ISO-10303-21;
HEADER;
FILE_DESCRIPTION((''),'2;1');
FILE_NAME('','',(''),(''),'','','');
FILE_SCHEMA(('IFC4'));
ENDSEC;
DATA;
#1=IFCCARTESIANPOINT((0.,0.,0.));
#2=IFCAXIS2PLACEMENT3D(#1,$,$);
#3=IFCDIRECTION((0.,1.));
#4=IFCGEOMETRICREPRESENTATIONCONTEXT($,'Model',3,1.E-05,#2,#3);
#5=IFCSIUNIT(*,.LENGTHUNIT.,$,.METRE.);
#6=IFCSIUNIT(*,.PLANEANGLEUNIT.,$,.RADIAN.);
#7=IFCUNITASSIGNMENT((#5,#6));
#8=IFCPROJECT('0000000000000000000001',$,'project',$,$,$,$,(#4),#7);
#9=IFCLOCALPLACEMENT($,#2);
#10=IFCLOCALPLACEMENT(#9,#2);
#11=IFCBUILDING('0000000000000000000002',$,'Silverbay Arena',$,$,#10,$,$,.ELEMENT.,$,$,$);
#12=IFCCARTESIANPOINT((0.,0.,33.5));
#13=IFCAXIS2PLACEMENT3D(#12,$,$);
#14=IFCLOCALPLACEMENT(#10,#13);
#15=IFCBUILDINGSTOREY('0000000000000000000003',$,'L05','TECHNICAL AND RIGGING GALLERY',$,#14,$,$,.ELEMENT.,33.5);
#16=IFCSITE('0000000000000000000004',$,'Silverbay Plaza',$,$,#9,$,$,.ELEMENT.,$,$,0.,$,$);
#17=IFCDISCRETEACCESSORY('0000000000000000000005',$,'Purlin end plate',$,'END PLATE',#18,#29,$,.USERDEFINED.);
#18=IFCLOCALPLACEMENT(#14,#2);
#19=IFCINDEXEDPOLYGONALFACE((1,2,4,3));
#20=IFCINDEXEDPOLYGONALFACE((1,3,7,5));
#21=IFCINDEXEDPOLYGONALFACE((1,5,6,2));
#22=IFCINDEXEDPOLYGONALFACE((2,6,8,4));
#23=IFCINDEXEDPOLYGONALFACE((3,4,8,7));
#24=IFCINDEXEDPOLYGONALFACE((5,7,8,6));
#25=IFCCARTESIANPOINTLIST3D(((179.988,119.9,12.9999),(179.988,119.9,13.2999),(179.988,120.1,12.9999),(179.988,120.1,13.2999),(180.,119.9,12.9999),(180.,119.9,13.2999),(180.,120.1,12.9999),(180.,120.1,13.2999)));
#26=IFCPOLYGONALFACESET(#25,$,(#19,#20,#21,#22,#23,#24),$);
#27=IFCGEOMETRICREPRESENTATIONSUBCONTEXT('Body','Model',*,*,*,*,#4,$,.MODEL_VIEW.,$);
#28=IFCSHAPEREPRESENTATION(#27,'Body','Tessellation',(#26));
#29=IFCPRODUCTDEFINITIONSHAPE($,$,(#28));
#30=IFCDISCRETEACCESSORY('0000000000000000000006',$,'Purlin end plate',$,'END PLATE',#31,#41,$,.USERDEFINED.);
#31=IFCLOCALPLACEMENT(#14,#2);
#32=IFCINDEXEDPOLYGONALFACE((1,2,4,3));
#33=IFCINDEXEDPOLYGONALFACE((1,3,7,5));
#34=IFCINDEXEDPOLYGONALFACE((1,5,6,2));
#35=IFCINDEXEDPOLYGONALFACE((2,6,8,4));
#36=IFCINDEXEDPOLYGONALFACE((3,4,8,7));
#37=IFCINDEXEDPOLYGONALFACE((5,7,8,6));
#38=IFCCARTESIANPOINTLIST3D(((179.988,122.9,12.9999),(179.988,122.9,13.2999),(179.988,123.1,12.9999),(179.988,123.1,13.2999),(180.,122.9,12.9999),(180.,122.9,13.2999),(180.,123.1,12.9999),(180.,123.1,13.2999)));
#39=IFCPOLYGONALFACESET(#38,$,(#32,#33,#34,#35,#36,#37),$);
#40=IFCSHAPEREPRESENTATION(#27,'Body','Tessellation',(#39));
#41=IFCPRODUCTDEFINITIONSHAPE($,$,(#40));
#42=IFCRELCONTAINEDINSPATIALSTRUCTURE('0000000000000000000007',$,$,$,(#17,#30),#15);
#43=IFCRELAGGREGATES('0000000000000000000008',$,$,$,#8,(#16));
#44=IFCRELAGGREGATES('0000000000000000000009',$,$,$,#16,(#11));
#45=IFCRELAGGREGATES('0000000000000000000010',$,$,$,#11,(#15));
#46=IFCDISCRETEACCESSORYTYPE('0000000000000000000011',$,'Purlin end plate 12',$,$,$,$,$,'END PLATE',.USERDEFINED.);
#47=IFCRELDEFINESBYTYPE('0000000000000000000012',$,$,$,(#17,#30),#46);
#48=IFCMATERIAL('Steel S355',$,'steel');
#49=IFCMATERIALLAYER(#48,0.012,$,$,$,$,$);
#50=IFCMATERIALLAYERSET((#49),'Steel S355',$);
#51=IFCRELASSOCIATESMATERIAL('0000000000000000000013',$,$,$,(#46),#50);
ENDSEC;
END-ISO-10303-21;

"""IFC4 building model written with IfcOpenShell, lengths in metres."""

from ifc_helpers import new_model, si_unit, direction, frame, origin, origin_2d, place, context, subcontext, project, spatial, rectangle, extrude, material, layer, layer_set, type_object, element, save


model = new_model("IFC4")

# Units and contexts
model_context = context("Model", 3, precision=1e-05, world=origin(), true_north=direction((0.0, 1.0)))
body_context = subcontext(model_context, "Body", "Model", "MODEL_VIEW")
ifc_project = project(units=[si_unit("LENGTHUNIT", "METRE"), si_unit("PLANEANGLEUNIT", "RADIAN")], contexts=[model_context])

# Site, building, storey
site_placement = place(None, origin())
site = spatial("IfcSite", under=ifc_project, at=site_placement, Name="Silverbay Plaza", CompositionType="ELEMENT", RefElevation=0.0)
building_placement = place(site_placement, origin())
building = spatial("IfcBuilding", under=site, at=building_placement, Name="Silverbay Arena", CompositionType="ELEMENT")
storey_placement = place(building_placement, frame((0.0, 0.0, 33.5)))
storey = spatial("IfcBuildingStorey", under=building, at=storey_placement, Name="L05", Description="TECHNICAL AND RIGGING GALLERY", CompositionType="ELEMENT", Elevation=33.5)

# Discrete accessories
ifc_material_1 = material(Name="Steel S355", Category="steel")
ifc_layer_1 = layer(ifc_material_1, 0.012)
ifc_layer_set_1 = layer_set([ifc_layer_1], Name="Steel S355")
discrete_accessory_type_1 = type_object("IfcDiscreteAccessoryType", Name="Purlin end plate 12", ElementType="END PLATE", PredefinedType="USERDEFINED", material=ifc_layer_set_1)
for number, where, z_axis, x_axis, name in (
    (1, (180.0, 120.0, 13.1499), (-1.0, 0.0, 0.0), (0.0, -1.0, 0.0), "Purlin end plate"),
    (2, (180.0, 123.0, 13.1499), (-1.0, 0.0, 0.0), (0.0, -1.0, 0.0), "Purlin end plate"),
):
    element("IfcDiscreteAccessory", number, at=place(storey_placement, frame(where, z_axis=z_axis, x_axis=x_axis)), inside=storey, type_object=discrete_accessory_type_1, Name=name, ObjectType="END PLATE", PredefinedType="USERDEFINED", context=body_context, shape_type="SweptSolid", body=[
        extrude(rectangle(XDim=0.2, YDim=0.3, at=origin_2d()), origin(), (0.0, 0.0, 1.0), 0.012),
    ])

save(model, "model.ifc")
